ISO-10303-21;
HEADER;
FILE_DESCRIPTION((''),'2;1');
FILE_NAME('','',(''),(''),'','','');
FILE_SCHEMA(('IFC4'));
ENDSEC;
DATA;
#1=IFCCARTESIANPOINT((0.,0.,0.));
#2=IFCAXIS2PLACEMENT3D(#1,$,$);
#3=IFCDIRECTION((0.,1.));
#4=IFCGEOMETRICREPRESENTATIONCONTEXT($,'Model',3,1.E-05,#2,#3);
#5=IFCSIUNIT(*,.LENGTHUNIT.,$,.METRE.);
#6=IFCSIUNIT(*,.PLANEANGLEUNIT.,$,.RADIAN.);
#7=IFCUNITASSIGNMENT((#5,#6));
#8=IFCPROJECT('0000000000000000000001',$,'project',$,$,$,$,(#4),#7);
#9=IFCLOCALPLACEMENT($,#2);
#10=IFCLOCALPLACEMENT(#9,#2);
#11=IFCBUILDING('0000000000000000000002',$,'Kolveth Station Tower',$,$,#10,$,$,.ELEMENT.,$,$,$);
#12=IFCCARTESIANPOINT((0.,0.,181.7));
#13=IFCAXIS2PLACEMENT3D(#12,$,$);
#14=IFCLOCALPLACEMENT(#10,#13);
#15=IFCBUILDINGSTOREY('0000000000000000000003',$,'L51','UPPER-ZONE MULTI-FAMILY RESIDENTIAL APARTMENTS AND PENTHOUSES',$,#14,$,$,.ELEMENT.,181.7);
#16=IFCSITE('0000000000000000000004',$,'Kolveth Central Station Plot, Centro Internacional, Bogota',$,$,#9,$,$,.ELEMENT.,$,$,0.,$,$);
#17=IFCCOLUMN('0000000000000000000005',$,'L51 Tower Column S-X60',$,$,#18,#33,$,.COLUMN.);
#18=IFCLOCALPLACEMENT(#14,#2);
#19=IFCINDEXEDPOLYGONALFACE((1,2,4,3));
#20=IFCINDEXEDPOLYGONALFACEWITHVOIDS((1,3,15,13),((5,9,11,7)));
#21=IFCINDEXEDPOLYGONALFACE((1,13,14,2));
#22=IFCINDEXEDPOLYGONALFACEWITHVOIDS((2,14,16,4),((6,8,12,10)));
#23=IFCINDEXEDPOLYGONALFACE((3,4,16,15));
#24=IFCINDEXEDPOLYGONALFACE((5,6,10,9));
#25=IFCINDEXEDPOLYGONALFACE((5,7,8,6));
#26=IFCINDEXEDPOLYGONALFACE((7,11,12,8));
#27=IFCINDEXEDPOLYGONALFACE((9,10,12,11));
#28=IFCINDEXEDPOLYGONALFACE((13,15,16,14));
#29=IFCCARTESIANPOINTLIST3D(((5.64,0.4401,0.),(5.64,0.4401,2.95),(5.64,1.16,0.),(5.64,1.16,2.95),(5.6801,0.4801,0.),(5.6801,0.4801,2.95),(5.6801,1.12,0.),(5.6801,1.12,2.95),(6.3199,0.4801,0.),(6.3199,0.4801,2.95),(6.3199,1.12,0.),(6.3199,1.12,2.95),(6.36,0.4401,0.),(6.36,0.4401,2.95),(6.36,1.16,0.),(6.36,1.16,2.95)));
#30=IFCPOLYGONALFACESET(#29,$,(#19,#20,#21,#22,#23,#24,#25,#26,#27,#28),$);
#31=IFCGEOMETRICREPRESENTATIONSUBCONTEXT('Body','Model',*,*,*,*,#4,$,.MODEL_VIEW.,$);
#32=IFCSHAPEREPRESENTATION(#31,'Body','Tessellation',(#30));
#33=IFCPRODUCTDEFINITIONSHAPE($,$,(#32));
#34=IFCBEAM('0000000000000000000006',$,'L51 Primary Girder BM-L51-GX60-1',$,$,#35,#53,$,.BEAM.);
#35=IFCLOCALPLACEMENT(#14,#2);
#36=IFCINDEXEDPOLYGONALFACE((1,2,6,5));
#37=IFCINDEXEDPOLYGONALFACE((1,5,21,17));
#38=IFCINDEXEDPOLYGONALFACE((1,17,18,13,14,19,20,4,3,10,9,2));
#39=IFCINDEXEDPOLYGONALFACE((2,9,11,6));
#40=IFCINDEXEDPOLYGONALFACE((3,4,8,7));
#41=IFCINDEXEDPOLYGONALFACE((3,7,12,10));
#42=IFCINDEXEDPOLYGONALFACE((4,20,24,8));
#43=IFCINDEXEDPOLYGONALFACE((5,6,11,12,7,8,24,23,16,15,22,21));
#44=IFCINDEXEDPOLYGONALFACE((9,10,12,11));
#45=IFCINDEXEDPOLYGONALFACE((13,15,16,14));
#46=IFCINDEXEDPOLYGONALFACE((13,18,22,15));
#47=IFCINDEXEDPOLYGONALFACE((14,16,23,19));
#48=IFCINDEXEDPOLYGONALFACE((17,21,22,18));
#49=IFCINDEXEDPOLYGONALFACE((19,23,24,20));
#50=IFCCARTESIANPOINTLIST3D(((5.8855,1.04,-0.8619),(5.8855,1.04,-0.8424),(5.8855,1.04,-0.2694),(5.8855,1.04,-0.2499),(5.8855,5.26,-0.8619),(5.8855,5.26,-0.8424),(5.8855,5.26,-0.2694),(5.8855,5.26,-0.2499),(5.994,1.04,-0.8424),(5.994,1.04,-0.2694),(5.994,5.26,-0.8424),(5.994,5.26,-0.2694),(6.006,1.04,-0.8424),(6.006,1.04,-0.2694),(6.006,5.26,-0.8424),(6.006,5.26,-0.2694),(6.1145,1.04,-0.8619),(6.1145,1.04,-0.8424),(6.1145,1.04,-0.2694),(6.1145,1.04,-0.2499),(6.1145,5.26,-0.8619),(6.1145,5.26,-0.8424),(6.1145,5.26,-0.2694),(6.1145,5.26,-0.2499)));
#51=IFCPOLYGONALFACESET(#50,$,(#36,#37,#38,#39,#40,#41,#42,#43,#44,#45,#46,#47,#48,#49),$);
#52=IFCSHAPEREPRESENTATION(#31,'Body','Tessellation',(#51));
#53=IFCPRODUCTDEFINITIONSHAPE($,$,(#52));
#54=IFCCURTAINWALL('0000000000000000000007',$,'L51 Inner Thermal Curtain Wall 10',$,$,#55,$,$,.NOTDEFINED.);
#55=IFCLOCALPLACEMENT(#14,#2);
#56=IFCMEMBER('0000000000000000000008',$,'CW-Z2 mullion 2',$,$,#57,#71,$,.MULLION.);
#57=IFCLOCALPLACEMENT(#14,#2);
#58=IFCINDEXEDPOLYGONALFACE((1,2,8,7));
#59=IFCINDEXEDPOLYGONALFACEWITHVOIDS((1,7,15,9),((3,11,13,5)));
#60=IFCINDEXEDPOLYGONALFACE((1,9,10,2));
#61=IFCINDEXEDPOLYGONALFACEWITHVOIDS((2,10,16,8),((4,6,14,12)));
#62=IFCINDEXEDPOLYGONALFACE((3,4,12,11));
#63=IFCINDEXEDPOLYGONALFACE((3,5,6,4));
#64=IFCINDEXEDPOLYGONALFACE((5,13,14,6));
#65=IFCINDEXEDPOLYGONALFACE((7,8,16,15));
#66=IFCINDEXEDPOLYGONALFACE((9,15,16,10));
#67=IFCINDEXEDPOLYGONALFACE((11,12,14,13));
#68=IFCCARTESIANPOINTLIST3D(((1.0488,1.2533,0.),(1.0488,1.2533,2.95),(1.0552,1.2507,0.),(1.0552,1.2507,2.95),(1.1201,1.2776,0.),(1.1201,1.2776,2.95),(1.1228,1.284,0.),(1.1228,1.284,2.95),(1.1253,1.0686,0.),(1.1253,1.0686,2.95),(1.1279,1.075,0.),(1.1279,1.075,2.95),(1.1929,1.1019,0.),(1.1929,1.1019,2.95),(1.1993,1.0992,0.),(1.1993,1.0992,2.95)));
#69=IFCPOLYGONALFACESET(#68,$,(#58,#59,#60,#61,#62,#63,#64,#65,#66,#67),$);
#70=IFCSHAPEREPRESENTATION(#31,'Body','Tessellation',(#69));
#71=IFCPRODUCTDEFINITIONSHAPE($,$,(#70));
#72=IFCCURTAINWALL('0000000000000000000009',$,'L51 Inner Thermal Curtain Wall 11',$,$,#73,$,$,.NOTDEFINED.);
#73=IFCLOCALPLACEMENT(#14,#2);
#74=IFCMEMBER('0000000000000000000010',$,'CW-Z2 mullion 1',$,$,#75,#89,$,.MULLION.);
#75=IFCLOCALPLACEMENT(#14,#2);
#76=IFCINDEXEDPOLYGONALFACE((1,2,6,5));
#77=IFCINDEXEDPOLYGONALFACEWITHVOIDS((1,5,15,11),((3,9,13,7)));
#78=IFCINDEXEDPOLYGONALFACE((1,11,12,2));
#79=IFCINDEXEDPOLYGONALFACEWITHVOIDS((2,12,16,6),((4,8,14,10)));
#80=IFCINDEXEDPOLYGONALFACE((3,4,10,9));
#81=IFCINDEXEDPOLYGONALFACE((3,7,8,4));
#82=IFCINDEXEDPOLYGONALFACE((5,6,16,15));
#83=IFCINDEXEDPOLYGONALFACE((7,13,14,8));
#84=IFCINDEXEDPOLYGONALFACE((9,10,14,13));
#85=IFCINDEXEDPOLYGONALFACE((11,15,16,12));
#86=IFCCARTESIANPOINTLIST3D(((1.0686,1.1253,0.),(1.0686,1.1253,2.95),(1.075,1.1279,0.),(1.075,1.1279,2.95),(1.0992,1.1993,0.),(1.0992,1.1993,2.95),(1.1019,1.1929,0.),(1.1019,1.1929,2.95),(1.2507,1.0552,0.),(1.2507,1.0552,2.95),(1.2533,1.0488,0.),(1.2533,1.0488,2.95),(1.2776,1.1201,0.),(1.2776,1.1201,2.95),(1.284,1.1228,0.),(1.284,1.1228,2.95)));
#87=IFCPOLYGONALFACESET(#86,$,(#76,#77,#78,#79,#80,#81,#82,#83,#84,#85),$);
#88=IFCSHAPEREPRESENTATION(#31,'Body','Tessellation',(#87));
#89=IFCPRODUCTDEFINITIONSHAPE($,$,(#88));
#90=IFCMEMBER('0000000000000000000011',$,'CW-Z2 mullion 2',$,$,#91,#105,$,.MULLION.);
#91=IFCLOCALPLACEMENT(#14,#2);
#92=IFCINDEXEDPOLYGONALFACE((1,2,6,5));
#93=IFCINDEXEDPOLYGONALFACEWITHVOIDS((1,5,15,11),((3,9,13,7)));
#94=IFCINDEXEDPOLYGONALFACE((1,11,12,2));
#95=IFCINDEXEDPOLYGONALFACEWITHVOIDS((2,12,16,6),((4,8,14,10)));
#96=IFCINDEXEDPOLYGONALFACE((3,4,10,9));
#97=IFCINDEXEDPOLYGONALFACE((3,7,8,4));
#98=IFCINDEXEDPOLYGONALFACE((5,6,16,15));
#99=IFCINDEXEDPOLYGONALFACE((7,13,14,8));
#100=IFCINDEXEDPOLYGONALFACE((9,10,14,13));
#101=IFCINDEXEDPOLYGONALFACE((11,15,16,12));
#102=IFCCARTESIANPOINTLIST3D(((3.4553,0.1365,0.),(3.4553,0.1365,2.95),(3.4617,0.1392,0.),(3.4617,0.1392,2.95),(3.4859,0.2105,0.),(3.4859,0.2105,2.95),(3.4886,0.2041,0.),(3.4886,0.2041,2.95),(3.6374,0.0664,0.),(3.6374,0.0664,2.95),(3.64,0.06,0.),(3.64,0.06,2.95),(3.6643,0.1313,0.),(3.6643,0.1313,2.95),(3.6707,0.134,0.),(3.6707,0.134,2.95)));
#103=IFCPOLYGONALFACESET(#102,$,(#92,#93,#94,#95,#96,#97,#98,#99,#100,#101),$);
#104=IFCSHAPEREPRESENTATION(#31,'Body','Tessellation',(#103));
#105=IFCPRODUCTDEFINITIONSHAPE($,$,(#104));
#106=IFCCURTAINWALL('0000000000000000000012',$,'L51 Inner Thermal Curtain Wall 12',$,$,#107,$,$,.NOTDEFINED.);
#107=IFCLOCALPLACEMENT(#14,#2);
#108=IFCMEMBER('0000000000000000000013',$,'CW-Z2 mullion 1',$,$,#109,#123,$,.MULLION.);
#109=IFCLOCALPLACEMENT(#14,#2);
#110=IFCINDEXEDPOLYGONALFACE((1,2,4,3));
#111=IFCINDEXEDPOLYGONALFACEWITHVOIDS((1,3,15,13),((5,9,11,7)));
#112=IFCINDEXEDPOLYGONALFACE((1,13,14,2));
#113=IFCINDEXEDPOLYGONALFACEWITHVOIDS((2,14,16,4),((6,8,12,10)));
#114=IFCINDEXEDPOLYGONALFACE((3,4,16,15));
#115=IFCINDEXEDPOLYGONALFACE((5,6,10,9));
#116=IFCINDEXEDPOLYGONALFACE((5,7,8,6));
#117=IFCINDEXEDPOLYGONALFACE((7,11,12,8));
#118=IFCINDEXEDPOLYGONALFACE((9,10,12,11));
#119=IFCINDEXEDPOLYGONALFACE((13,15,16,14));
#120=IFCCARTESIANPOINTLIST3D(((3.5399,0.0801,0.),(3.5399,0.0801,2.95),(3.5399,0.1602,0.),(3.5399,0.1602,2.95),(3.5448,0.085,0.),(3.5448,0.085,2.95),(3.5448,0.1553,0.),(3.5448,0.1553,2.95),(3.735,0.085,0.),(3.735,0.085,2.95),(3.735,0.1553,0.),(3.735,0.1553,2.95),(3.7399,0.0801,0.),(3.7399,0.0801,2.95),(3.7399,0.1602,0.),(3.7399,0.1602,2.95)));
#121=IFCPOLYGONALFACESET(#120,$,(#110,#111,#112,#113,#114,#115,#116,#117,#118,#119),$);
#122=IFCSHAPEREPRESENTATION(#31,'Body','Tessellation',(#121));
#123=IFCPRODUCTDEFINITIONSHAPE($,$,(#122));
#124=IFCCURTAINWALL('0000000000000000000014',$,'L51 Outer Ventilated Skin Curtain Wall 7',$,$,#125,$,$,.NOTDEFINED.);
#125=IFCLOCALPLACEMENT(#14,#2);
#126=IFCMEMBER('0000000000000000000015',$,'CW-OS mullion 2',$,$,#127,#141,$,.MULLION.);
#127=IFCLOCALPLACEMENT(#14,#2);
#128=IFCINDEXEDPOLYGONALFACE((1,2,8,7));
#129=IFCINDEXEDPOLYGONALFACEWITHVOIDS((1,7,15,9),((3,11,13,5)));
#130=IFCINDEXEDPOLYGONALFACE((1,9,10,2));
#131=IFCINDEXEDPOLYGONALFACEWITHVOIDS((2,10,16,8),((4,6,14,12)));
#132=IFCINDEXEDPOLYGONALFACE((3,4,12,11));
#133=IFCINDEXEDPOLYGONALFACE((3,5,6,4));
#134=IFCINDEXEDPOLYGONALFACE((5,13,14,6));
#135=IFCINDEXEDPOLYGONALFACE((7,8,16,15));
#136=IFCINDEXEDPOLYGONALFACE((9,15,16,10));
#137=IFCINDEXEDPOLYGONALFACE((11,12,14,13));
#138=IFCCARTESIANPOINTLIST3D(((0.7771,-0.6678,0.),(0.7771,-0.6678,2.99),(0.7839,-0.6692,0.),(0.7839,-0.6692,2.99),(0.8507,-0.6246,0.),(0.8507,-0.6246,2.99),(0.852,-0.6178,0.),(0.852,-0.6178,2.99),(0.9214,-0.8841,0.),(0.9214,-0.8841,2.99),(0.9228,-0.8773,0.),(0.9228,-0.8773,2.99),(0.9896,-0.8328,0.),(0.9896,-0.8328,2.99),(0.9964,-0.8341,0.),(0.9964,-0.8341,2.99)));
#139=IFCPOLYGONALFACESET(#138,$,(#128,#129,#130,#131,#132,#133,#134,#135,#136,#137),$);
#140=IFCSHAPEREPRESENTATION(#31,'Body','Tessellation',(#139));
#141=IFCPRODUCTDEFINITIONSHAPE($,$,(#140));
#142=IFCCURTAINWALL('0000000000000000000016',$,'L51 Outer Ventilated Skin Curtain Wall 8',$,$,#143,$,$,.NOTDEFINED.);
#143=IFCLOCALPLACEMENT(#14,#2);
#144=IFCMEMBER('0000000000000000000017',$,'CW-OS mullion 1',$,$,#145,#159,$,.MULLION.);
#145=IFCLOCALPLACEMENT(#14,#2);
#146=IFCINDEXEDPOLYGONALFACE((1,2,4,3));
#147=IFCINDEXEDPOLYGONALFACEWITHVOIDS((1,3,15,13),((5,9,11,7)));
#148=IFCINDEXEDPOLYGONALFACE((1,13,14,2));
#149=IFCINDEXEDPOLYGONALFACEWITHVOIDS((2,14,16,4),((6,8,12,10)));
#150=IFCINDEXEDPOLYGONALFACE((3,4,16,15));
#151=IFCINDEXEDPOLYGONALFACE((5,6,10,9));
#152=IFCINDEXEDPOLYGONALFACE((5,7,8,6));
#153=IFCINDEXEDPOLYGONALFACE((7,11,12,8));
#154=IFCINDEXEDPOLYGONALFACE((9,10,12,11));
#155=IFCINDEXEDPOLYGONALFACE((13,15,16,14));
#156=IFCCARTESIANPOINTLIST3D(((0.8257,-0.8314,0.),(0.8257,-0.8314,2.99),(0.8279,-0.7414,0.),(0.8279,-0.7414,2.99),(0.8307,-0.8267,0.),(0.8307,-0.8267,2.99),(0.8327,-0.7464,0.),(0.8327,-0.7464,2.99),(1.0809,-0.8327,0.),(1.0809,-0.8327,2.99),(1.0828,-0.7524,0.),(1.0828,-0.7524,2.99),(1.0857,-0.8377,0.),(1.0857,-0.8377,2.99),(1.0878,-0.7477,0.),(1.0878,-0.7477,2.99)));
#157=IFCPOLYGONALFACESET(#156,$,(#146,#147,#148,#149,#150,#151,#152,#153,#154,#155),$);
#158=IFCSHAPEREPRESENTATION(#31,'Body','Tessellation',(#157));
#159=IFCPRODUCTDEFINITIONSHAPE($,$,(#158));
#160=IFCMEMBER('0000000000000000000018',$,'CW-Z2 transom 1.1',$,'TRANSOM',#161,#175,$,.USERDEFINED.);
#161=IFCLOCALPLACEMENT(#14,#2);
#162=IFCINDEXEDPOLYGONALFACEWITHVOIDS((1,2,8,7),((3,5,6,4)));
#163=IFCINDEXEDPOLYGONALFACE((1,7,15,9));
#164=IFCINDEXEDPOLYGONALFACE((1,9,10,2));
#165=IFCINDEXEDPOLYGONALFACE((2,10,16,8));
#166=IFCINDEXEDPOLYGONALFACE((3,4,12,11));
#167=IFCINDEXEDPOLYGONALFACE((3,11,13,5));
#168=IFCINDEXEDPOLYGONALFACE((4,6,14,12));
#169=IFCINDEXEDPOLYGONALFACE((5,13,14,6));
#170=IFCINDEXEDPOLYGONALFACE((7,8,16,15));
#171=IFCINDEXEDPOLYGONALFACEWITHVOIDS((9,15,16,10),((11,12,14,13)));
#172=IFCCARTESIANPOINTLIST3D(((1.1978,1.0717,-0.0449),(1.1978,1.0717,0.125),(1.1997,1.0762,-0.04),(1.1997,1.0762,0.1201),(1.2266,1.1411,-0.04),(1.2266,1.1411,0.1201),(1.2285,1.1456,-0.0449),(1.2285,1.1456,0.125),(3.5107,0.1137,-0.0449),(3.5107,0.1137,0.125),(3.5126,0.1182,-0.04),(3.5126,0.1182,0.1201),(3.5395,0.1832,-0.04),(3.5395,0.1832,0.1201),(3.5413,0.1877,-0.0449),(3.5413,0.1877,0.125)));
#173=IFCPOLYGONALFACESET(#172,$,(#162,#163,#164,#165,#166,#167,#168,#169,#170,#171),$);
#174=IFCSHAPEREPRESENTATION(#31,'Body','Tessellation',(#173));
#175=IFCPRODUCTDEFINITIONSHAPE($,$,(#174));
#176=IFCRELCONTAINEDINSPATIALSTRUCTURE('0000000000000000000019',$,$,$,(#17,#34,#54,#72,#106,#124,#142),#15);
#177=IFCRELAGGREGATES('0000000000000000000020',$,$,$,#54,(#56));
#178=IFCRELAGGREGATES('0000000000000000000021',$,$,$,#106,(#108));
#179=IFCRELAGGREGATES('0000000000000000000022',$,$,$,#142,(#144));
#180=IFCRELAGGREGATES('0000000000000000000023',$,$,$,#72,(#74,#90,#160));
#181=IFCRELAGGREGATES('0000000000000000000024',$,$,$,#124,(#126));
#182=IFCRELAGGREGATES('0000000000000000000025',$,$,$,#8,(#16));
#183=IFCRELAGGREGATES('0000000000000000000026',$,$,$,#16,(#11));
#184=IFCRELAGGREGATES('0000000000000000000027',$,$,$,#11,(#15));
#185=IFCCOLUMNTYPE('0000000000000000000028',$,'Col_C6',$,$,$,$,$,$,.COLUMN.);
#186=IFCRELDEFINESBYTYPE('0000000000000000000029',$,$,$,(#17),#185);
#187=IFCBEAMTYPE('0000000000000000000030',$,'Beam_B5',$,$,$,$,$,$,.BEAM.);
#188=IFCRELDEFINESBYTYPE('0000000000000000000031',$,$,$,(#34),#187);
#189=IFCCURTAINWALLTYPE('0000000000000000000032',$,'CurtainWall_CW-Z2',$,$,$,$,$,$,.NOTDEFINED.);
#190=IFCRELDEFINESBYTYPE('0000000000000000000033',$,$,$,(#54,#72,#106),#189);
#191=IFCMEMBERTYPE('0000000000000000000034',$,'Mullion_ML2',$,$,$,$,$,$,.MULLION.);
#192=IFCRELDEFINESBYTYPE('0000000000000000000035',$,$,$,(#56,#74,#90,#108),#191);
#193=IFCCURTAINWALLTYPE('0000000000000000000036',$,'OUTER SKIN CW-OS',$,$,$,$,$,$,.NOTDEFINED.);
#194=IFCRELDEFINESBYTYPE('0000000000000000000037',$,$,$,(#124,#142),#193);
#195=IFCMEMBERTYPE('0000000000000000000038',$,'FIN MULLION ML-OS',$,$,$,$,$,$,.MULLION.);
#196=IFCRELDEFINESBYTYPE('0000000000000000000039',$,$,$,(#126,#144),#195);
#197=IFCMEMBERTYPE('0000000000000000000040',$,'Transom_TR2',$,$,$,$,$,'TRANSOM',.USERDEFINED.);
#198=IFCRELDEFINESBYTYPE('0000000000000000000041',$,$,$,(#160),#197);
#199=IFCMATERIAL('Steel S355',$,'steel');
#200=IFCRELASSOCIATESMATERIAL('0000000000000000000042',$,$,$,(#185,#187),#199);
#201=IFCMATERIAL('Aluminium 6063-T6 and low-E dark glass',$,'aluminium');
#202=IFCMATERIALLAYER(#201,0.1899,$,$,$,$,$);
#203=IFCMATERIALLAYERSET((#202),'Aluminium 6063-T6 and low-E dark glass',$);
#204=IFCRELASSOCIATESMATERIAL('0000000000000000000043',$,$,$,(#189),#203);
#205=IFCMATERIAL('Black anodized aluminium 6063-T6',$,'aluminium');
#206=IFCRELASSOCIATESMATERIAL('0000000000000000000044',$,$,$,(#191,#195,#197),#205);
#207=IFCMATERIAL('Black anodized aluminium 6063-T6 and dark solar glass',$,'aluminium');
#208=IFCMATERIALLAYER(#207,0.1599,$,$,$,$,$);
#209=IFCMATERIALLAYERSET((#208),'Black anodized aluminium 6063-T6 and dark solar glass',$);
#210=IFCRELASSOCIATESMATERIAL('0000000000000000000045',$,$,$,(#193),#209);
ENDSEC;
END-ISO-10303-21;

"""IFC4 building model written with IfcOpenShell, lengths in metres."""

from ifc_helpers import new_model, si_unit, direction, frame, origin, origin_2d, place, context, subcontext, project, spatial, hollow_rectangle, i_section, extrude, source, transform, mapped, material, layer, layer_set, material_profile, profile_set, type_object, element, aggregate, save


model = new_model("IFC4")

# Units and contexts
model_context = context("Model", 3, precision=1e-05, world=origin(), true_north=direction((0.0, 1.0)))
body_context = subcontext(model_context, "Body", "Model", "MODEL_VIEW")
ifc_project = project(units=[si_unit("LENGTHUNIT", "METRE"), si_unit("PLANEANGLEUNIT", "RADIAN")], contexts=[model_context])

# Site, building, storey
site_placement = place(None, origin())
site = spatial("IfcSite", under=ifc_project, at=site_placement, Name="Kolveth Central Station Plot, Centro Internacional, Bogota", CompositionType="ELEMENT", RefElevation=0.0)
building_placement = place(site_placement, origin())
building = spatial("IfcBuilding", under=site, at=building_placement, Name="Kolveth Station Tower", CompositionType="ELEMENT")
storey_placement = place(building_placement, frame((0.0, 0.0, 181.7)))
storey = spatial("IfcBuildingStorey", under=building, at=storey_placement, Name="L51", Description="UPPER-ZONE MULTI-FAMILY RESIDENTIAL APARTMENTS AND PENTHOUSES", CompositionType="ELEMENT", Elevation=181.7)

# Column
ifc_material_1 = material(Name="Steel S355", Category="steel")
ifc_material_profile_1 = material_profile(ifc_material_1, hollow_rectangle(XDim=0.72, YDim=0.72, WallThickness=0.04, at=origin_2d()), Name="BOX720x720x40")
ifc_profile_set_1 = profile_set([ifc_material_profile_1], Name="Steel S355")
column_type = type_object("IfcColumnType", Name="Col_C6", PredefinedType="COLUMN", material=ifc_profile_set_1)
shared_shape_1 = source(origin(), body_context, "Body", "SweptSolid", [
    extrude(hollow_rectangle(XDim=0.72, YDim=0.72, WallThickness=0.04, at=origin_2d()), origin(), (0.0, 0.0, 1.0), 2.95),
])
column_placement = place(storey_placement, frame((6.0, 0.8, 0.0), z_axis=(0.0, 0.0, 1.0), x_axis=(1.0, 0.0, 0.0)))
element("IfcColumn", 1, at=column_placement, inside=storey, type_object=column_type, Name="L51 Tower Column S-X60", PredefinedType="COLUMN", context=body_context, shape_type="MappedRepresentation", body=[
    mapped(shared_shape_1, transform((0.0, 0.0, 0.0), x_axis=(1.0, 0.0, 0.0), y_axis=(0.0, 1.0, 0.0), z_axis=(0.0, 0.0, 1.0), scale=1.0)),
])

# Beam
ifc_material_profile_2 = material_profile(ifc_material_1, i_section(OverallWidth=0.229, OverallDepth=0.6121, WebThickness=0.012, FlangeThickness=0.0195, at=origin_2d()), Name="W610x125")
ifc_profile_set_2 = profile_set([ifc_material_profile_2], Name="Steel S355")
beam_type = type_object("IfcBeamType", Name="Beam_B5", PredefinedType="BEAM", material=ifc_profile_set_2)
shared_shape_2 = source(origin(), body_context, "Body", "SweptSolid", [
    extrude(i_section(OverallWidth=0.229, OverallDepth=0.6121, WebThickness=0.012, FlangeThickness=0.0195, at=origin_2d()), origin(), (0.0, 0.0, 1.0), 4.22),
])
beam_placement = place(storey_placement, frame((6.0, 1.04, -0.5559), z_axis=(0.0, 1.0, 0.0), x_axis=(-1.0, 0.0, 0.0)))
element("IfcBeam", 2, at=beam_placement, inside=storey, type_object=beam_type, Name="L51 Primary Girder BM-L51-GX60-1", PredefinedType="BEAM", context=body_context, shape_type="MappedRepresentation", body=[
    mapped(shared_shape_2, transform((0.0, 0.0, 0.0), x_axis=(1.0, 0.0, 0.0), y_axis=(0.0, 1.0, 0.0), z_axis=(0.0, 0.0, 1.0), scale=1.0)),
])

# Curtain wall, member
ifc_material_2 = material(Name="Aluminium 6063-T6 and low-E dark glass", Category="aluminium")
ifc_layer_1 = layer(ifc_material_2, 0.1899)
ifc_layer_set_1 = layer_set([ifc_layer_1], Name="Aluminium 6063-T6 and low-E dark glass")
curtain_wall_type_1 = type_object("IfcCurtainWallType", Name="CurtainWall_CW-Z2", PredefinedType="NOTDEFINED", material=ifc_layer_set_1)
curtain_wall_1_placement = place(storey_placement, origin())
curtain_wall_1 = element("IfcCurtainWall", 3, at=curtain_wall_1_placement, inside=storey, type_object=curtain_wall_type_1, Name="L51 Inner Thermal Curtain Wall 10", PredefinedType="NOTDEFINED")
ifc_material_3 = material(Name="Black anodized aluminium 6063-T6", Category="aluminium")
ifc_material_profile_3 = material_profile(ifc_material_3, hollow_rectangle(XDim=0.0801, YDim=0.2, WallThickness=0.0049, at=origin_2d()), Name="ALU-80x200x5")
ifc_profile_set_3 = profile_set([ifc_material_profile_3], Name="Black anodized aluminium 6063-T6")
member_type_1 = type_object("IfcMemberType", Name="Mullion_ML2", PredefinedType="MULLION", material=ifc_profile_set_3)
shared_shape_3 = source(origin(), body_context, "Body", "SweptSolid", [
    extrude(hollow_rectangle(XDim=0.0801, YDim=0.2, WallThickness=0.0049, at=origin_2d()), origin(), (0.0, 0.0, 1.0), 2.95),
])
member_1_placement = place(storey_placement, frame((1.124, 1.1763, 0.0), z_axis=(0.0, 0.0, 1.0), x_axis=(0.923874, 0.382698, 0.0)))
member_1 = element("IfcMember", 4, at=member_1_placement, type_object=member_type_1, Name="CW-Z2 mullion 2", PredefinedType="MULLION", context=body_context, shape_type="MappedRepresentation", body=[
    mapped(shared_shape_3, transform((0.0, 0.0, 0.0), x_axis=(1.0, 0.0, 0.0), y_axis=(0.0, 1.0, 0.0), z_axis=(0.0, 0.0, 1.0), scale=1.0)),
])
aggregate(curtain_wall_1, [member_1])

# Curtain wall, members
curtain_wall_2_placement = place(storey_placement, origin())
curtain_wall_2 = element("IfcCurtainWall", 5, at=curtain_wall_2_placement, inside=storey, type_object=curtain_wall_type_1, Name="L51 Inner Thermal Curtain Wall 11", PredefinedType="NOTDEFINED")
member_2_placement = place(storey_placement, frame((1.1763, 1.124, 0.0), z_axis=(0.0, 0.0, 1.0), x_axis=(0.382698, 0.923874, 0.0)))
member_2 = element("IfcMember", 6, at=member_2_placement, type_object=member_type_1, Name="CW-Z2 mullion 1", PredefinedType="MULLION", context=body_context, shape_type="MappedRepresentation", body=[
    mapped(shared_shape_3, transform((0.0, 0.0, 0.0), x_axis=(1.0, 0.0, 0.0), y_axis=(0.0, 1.0, 0.0), z_axis=(0.0, 0.0, 1.0), scale=1.0)),
])
member_3_placement = place(storey_placement, frame((3.563, 0.1353, 0.0), z_axis=(0.0, 0.0, 1.0), x_axis=(0.382698, 0.923874, 0.0)))
member_3 = element("IfcMember", 7, at=member_3_placement, type_object=member_type_1, Name="CW-Z2 mullion 2", PredefinedType="MULLION", context=body_context, shape_type="MappedRepresentation", body=[
    mapped(shared_shape_3, transform((0.0, 0.0, 0.0), x_axis=(1.0, 0.0, 0.0), y_axis=(0.0, 1.0, 0.0), z_axis=(0.0, 0.0, 1.0), scale=1.0)),
])

# Curtain walls, members
curtain_wall_3_placement = place(storey_placement, origin())
curtain_wall_3 = element("IfcCurtainWall", 8, at=curtain_wall_3_placement, inside=storey, type_object=curtain_wall_type_1, Name="L51 Inner Thermal Curtain Wall 12", PredefinedType="NOTDEFINED")
member_4_placement = place(storey_placement, frame((3.6399, 0.1201, 0.0), z_axis=(0.0, 0.0, 1.0), x_axis=(0.0, 1.0, 0.0)))
member_4 = element("IfcMember", 9, at=member_4_placement, type_object=member_type_1, Name="CW-Z2 mullion 1", PredefinedType="MULLION", context=body_context, shape_type="MappedRepresentation", body=[
    mapped(shared_shape_3, transform((0.0, 0.0, 0.0), x_axis=(1.0, 0.0, 0.0), y_axis=(0.0, 1.0, 0.0), z_axis=(0.0, 0.0, 1.0), scale=1.0)),
])
ifc_material_4 = material(Name="Black anodized aluminium 6063-T6 and dark solar glass", Category="aluminium")
ifc_layer_2 = layer(ifc_material_4, 0.1599)
ifc_layer_set_2 = layer_set([ifc_layer_2], Name="Black anodized aluminium 6063-T6 and dark solar glass")
curtain_wall_type_2 = type_object("IfcCurtainWallType", Name="OUTER SKIN CW-OS", PredefinedType="NOTDEFINED", material=ifc_layer_set_2)
curtain_wall_4_placement = place(storey_placement, origin())
curtain_wall_4 = element("IfcCurtainWall", 10, at=curtain_wall_4_placement, inside=storey, type_object=curtain_wall_type_2, Name="L51 Outer Ventilated Skin Curtain Wall 7", PredefinedType="NOTDEFINED")
ifc_material_profile_4 = material_profile(ifc_material_3, hollow_rectangle(XDim=0.0901, YDim=0.26, WallThickness=0.0049, at=origin_2d()), Name="ALU-90x260x5")
ifc_profile_set_4 = profile_set([ifc_material_profile_4], Name="Black anodized aluminium 6063-T6")
member_type_2 = type_object("IfcMemberType", Name="FIN MULLION ML-OS", PredefinedType="MULLION", material=ifc_profile_set_4)
shared_shape_4 = source(origin(), body_context, "Body", "SweptSolid", [
    extrude(hollow_rectangle(XDim=0.0901, YDim=0.26, WallThickness=0.0049, at=origin_2d()), origin(), (0.0, 0.0, 1.0), 2.99),
])
member_5_placement = place(storey_placement, frame((0.8867, -0.751, 0.0), z_axis=(0.0, 0.0, 1.0), x_axis=(0.831757, 0.55514, 0.0)))
member_5 = element("IfcMember", 11, at=member_5_placement, type_object=member_type_2, Name="CW-OS mullion 2", PredefinedType="MULLION", context=body_context, shape_type="MappedRepresentation", body=[
    mapped(shared_shape_4, transform((0.0, 0.0, 0.0), x_axis=(1.0, 0.0, 0.0), y_axis=(0.0, 1.0, 0.0), z_axis=(0.0, 0.0, 1.0), scale=1.0)),
])
curtain_wall_5_placement = place(storey_placement, origin())
curtain_wall_5 = element("IfcCurtainWall", 12, at=curtain_wall_5_placement, inside=storey, type_object=curtain_wall_type_2, Name="L51 Outer Ventilated Skin Curtain Wall 8", PredefinedType="NOTDEFINED")
member_6_placement = place(storey_placement, frame((0.9568, -0.7896, 0.0), z_axis=(0.0, 0.0, 1.0), x_axis=(0.024258, 0.999706, 0.0)))
member_6 = element("IfcMember", 13, at=member_6_placement, type_object=member_type_2, Name="CW-OS mullion 1", PredefinedType="MULLION", context=body_context, shape_type="MappedRepresentation", body=[
    mapped(shared_shape_4, transform((0.0, 0.0, 0.0), x_axis=(1.0, 0.0, 0.0), y_axis=(0.0, 1.0, 0.0), z_axis=(0.0, 0.0, 1.0), scale=1.0)),
])

# Member
ifc_material_profile_5 = material_profile(ifc_material_3, hollow_rectangle(XDim=0.0801, YDim=0.1699, WallThickness=0.0049, at=origin_2d()), Name="ALU-80x170x5")
ifc_profile_set_5 = profile_set([ifc_material_profile_5], Name="Black anodized aluminium 6063-T6")
member_type_3 = type_object("IfcMemberType", Name="Transom_TR2", ElementType="TRANSOM", PredefinedType="USERDEFINED", material=ifc_profile_set_5)
shared_shape_5 = source(origin(), body_context, "Body", "SweptSolid", [
    extrude(hollow_rectangle(XDim=0.0801, YDim=0.1699, WallThickness=0.0049, at=origin_2d()), origin(), (0.0, 0.0, 1.0), 2.5034),
])
member_7_placement = place(storey_placement, frame((1.2131, 1.1086, 0.04), z_axis=(0.923888, -0.382662, 0.0), x_axis=(0.382662, 0.923888, 0.0)))
member_7 = element("IfcMember", 14, at=member_7_placement, type_object=member_type_3, Name="CW-Z2 transom 1.1", ObjectType="TRANSOM", PredefinedType="USERDEFINED", context=body_context, shape_type="MappedRepresentation", body=[
    mapped(shared_shape_5, transform((0.0, 0.0, 0.0), x_axis=(1.0, 0.0, 0.0), y_axis=(0.0, 1.0, 0.0), z_axis=(0.0, 0.0, 1.0), scale=1.0)),
])
aggregate(curtain_wall_3, [member_4])
aggregate(curtain_wall_5, [member_6])

aggregate(curtain_wall_2, [member_2, member_3, member_7])
aggregate(curtain_wall_4, [member_5])

save(model, "model.ifc")
